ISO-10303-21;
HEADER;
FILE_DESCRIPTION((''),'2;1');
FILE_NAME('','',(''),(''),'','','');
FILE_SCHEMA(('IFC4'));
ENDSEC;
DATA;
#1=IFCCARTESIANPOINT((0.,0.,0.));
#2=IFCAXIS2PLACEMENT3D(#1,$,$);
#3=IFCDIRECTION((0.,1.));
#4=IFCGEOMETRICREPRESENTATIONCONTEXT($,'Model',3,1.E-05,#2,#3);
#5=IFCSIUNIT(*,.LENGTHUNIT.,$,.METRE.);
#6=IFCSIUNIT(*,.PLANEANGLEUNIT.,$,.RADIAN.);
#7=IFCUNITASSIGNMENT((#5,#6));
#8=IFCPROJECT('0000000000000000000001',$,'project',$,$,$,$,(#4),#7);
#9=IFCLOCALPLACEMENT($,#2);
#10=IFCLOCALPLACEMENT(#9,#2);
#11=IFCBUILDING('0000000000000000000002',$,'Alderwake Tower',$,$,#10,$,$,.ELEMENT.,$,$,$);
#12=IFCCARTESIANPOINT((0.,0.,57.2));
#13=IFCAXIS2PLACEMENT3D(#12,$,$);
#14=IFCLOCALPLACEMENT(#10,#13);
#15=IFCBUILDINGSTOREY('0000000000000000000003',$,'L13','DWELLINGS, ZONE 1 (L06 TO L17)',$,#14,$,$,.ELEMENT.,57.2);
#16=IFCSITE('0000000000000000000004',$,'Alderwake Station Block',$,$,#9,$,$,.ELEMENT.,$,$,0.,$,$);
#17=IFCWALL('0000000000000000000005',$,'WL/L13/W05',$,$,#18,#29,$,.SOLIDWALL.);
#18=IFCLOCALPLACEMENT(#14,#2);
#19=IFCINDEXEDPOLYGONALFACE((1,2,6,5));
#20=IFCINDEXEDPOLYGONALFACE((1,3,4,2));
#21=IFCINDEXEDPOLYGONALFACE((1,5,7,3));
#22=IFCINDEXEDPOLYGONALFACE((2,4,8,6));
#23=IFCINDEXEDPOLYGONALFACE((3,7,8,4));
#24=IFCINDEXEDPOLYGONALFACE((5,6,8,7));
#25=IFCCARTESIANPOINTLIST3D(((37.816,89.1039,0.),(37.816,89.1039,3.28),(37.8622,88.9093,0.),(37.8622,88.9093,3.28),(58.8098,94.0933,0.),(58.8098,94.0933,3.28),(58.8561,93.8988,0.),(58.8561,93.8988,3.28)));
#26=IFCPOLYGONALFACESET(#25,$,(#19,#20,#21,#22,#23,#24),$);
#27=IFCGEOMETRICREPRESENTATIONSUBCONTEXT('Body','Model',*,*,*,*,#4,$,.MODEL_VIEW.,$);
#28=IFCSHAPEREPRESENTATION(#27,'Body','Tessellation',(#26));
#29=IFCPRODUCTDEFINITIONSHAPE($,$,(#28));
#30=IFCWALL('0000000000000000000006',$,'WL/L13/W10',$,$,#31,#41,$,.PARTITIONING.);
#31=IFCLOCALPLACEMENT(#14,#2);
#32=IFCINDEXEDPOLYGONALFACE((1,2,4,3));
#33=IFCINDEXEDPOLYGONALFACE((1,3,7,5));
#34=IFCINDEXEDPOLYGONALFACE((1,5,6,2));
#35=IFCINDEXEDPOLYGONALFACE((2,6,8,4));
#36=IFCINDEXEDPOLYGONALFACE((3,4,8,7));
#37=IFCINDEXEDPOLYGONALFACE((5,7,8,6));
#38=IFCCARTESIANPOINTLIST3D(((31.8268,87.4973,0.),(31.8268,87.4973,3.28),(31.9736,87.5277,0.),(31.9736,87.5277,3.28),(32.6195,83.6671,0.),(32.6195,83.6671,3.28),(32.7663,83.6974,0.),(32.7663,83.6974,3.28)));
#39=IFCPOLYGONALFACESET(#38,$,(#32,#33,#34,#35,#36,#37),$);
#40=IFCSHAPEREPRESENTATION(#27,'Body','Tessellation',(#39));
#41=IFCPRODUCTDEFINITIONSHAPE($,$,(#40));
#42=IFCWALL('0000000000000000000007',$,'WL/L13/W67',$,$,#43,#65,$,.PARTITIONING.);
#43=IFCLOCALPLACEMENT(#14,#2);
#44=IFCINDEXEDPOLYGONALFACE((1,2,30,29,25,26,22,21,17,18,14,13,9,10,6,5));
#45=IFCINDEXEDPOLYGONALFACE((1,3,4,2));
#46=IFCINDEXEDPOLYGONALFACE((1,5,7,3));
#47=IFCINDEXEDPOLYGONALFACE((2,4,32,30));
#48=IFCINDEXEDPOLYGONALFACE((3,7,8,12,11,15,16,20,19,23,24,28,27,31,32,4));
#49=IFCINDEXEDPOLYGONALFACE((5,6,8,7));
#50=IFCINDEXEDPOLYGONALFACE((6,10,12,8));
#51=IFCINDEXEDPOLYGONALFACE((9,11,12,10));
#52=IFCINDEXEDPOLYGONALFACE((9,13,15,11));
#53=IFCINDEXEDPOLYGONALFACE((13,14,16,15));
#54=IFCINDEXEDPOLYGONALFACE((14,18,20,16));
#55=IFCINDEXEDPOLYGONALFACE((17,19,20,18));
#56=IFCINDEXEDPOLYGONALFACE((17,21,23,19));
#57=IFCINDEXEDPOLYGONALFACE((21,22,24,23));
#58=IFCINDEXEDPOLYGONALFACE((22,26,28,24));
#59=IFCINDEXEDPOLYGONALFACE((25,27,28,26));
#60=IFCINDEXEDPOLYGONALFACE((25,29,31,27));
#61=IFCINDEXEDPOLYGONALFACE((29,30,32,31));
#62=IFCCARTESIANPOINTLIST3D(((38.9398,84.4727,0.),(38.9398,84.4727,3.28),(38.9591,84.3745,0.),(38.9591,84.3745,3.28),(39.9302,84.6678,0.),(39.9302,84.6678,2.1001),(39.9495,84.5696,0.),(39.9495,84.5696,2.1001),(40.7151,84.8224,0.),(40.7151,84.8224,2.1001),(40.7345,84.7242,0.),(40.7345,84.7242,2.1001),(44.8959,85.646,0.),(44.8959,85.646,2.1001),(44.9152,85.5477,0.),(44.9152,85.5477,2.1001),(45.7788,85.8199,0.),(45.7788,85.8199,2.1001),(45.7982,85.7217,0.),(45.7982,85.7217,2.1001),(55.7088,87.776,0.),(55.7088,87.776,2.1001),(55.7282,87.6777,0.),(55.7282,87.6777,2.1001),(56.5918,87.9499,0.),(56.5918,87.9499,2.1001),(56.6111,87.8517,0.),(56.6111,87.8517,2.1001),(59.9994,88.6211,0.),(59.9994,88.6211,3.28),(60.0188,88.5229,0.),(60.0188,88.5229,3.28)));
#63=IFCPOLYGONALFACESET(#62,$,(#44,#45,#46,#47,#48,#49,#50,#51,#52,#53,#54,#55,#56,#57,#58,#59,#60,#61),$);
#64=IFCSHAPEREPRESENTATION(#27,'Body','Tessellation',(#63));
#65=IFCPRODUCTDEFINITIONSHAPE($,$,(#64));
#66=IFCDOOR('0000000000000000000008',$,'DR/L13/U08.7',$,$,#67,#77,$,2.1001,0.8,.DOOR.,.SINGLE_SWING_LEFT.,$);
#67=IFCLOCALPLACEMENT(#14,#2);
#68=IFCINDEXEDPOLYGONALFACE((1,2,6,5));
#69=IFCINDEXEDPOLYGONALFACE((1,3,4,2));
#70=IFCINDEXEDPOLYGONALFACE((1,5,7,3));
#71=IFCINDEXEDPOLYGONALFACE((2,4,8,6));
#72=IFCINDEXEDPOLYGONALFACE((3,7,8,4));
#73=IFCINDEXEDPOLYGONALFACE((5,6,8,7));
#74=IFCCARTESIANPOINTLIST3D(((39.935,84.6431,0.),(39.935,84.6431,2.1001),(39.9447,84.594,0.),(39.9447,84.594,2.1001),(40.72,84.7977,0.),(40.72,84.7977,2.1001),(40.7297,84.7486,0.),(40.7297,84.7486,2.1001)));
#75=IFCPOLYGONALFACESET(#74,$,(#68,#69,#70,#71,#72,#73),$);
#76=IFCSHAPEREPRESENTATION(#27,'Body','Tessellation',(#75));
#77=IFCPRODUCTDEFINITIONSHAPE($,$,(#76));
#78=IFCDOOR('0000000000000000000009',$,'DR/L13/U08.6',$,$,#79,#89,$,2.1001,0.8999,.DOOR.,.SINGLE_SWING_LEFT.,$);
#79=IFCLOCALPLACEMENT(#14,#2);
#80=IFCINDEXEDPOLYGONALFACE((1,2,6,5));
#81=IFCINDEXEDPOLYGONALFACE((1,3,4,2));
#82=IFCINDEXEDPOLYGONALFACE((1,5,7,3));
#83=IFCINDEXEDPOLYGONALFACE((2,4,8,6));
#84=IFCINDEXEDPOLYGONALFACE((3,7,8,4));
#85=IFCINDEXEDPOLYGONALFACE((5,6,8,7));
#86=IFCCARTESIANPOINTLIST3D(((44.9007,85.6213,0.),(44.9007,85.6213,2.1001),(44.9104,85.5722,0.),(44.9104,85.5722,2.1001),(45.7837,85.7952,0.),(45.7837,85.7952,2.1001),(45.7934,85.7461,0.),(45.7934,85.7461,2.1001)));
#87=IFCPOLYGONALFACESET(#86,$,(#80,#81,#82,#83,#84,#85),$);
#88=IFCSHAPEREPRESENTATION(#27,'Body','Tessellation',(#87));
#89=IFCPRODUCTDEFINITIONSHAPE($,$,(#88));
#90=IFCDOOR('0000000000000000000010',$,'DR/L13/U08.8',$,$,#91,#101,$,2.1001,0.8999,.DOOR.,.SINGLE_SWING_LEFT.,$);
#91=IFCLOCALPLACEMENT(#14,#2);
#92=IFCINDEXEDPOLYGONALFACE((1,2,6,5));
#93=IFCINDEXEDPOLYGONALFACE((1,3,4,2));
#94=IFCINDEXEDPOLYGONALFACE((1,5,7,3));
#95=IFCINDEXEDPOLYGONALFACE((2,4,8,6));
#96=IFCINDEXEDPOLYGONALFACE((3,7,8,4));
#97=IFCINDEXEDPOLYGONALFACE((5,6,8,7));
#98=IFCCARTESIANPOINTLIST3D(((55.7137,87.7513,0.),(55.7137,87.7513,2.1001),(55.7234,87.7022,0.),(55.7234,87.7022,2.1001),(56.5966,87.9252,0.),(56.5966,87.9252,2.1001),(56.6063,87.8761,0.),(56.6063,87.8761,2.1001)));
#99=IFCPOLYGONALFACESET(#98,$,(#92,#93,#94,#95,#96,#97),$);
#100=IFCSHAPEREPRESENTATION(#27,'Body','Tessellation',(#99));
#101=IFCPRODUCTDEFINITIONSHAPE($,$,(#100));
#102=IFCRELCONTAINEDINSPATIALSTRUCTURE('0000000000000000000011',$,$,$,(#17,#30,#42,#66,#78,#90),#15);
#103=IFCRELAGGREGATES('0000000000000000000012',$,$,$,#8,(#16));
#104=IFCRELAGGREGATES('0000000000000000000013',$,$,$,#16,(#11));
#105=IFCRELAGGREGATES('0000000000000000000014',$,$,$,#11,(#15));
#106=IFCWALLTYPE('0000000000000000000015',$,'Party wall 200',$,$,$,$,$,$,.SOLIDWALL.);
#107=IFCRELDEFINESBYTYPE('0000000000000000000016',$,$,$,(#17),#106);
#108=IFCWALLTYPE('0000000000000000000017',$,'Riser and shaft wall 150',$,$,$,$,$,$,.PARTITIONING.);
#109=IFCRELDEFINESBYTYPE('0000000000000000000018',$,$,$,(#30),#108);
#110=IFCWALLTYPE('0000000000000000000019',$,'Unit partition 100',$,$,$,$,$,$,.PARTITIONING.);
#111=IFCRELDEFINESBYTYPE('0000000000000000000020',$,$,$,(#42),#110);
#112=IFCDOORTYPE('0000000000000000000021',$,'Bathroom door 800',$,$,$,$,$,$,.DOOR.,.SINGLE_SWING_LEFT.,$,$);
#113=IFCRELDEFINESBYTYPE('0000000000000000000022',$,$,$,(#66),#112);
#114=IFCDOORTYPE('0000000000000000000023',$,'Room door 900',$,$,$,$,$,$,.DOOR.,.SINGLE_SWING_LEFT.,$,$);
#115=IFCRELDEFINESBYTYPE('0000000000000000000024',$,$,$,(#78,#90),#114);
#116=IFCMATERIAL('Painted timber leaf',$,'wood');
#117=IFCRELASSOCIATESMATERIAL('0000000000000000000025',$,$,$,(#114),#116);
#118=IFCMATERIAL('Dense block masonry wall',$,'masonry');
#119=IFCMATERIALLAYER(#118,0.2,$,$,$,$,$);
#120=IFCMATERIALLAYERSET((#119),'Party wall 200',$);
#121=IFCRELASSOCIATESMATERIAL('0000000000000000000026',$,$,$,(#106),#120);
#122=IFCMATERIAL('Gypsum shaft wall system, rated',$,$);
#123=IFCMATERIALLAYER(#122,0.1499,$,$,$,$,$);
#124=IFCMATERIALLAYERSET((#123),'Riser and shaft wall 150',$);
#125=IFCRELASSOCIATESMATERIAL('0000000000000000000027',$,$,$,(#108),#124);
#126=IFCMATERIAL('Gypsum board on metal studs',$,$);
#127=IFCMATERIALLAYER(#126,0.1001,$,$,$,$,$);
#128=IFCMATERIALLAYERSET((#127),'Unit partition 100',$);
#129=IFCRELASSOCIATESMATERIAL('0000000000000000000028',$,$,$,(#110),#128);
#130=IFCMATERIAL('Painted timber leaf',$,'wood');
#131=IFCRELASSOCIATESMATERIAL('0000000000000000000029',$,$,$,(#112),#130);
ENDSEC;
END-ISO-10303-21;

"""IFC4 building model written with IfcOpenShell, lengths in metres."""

from ifc_helpers import new_model, si_unit, direction, frame, frame_2d, origin, place, context, subcontext, project, spatial, rectangle, extrude, material, layer, layer_set, type_object, element, fill, save


model = new_model("IFC4")

# Units and contexts
model_context = context("Model", 3, precision=1e-05, world=origin(), true_north=direction((0.0, 1.0)))
body_context = subcontext(model_context, "Body", "Model", "MODEL_VIEW")
ifc_project = project(units=[si_unit("LENGTHUNIT", "METRE"), si_unit("PLANEANGLEUNIT", "RADIAN")], contexts=[model_context])

# Site, building, storey
site_placement = place(None, origin())
site = spatial("IfcSite", under=ifc_project, at=site_placement, Name="Alderwake Station Block", CompositionType="ELEMENT", RefElevation=0.0)
building_placement = place(site_placement, origin())
building = spatial("IfcBuilding", under=site, at=building_placement, Name="Alderwake Tower", CompositionType="ELEMENT")
storey_placement = place(building_placement, frame((0.0, 0.0, 57.2)))
storey = spatial("IfcBuildingStorey", under=building, at=storey_placement, Name="L13", Description="DWELLINGS, ZONE 1 (L06 TO L17)", CompositionType="ELEMENT", Elevation=57.2)

# Shared definitions
ifc_material_1 = material(Name="Painted timber leaf", Category="wood")
door_type_1 = type_object("IfcDoorType", Name="Room door 900", OperationType="SINGLE_SWING_LEFT", PredefinedType="DOOR", material=ifc_material_1)

# Walls
ifc_material_2 = material(Name="Dense block masonry wall", Category="masonry")
ifc_layer_1 = layer(ifc_material_2, 0.2)
ifc_layer_set_1 = layer_set([ifc_layer_1], Name="Party wall 200")
wall_type_1 = type_object("IfcWallType", Name="Party wall 200", PredefinedType="SOLIDWALL", material=ifc_layer_set_1)
wall_1_placement = place(storey_placement, frame((37.8391, 89.0066, 0.0), z_axis=(0.0, 0.0, 1.0), x_axis=(0.972901, 0.231224, 0.0)))
element("IfcWall", 1, at=wall_1_placement, inside=storey, type_object=wall_type_1, Name="WL/L13/W05", PredefinedType="SOLIDWALL", context=body_context, shape_type="SweptSolid", body=[
    extrude(rectangle(XDim=21.5786, YDim=0.2, at=frame_2d((10.7893, 0.0))), origin(), (0.0, 0.0, 1.0), 3.28),
])
ifc_material_3 = material(Name="Gypsum shaft wall system, rated")
ifc_layer_2 = layer(ifc_material_3, 0.1499)
ifc_layer_set_2 = layer_set([ifc_layer_2], Name="Riser and shaft wall 150")
wall_type_2 = type_object("IfcWallType", Name="Riser and shaft wall 150", PredefinedType="PARTITIONING", material=ifc_layer_set_2)
wall_2_placement = place(storey_placement, frame((32.6929, 83.6824, 0.0), z_axis=(0.0, 0.0, 1.0), x_axis=(-0.202665, 0.979248, 0.0)))
element("IfcWall", 2, at=wall_2_placement, inside=storey, type_object=wall_type_2, Name="WL/L13/W10", PredefinedType="PARTITIONING", context=body_context, shape_type="SweptSolid", body=[
    extrude(rectangle(XDim=3.9114, YDim=0.1499, at=frame_2d((1.9556, 0.0))), origin(), (0.0, 0.0, 1.0), 3.28),
])

# Wall, openings, doors
ifc_material_4 = material(Name="Gypsum board on metal studs")
ifc_layer_3 = layer(ifc_material_4, 0.1001)
ifc_layer_set_3 = layer_set([ifc_layer_3], Name="Unit partition 100")
wall_type_3 = type_object("IfcWallType", Name="Unit partition 100", PredefinedType="PARTITIONING", material=ifc_layer_set_3)
wall_3_placement = place(storey_placement, frame((38.9495, 84.4236, 0.0), z_axis=(0.0, 0.0, 1.0), x_axis=(0.981145, 0.193272, 0.0)))
wall_3 = element("IfcWall", 3, at=wall_3_placement, inside=storey, type_object=wall_type_3, Name="WL/L13/W67", PredefinedType="PARTITIONING", context=body_context, shape_type="SweptSolid", body=[
    extrude(rectangle(XDim=21.4644, YDim=0.1001, at=frame_2d((10.7322, 0.0))), origin(), (0.0, 0.0, 1.0), 3.28),
])
opening_1_placement = place(wall_3_placement, frame((6.0706, 0.0, 0.0)))
opening_1 = element("IfcOpeningElement", 4, at=opening_1_placement, cuts=wall_3, PredefinedType="OPENING", context=body_context, shape_type="SweptSolid", body=[
    extrude(rectangle(XDim=0.8999, YDim=2.1001, at=frame_2d((0.45, 1.05))), frame((0.0, 0.0601, 0.0), z_axis=(0.0, -1.0, 0.0), x_axis=(1.0, 0.0, 0.0)), (0.0, 0.0, 1.0), 0.1201),
])
opening_2_placement = place(wall_3_placement, frame((1.0095, 0.0, 0.0)))
opening_2 = element("IfcOpeningElement", 5, at=opening_2_placement, cuts=wall_3, PredefinedType="OPENING", context=body_context, shape_type="SweptSolid", body=[
    extrude(rectangle(XDim=0.8, YDim=2.1001, at=frame_2d((0.3999, 1.05))), frame((0.0, 0.0601, 0.0), z_axis=(0.0, -1.0, 0.0), x_axis=(1.0, 0.0, 0.0)), (0.0, 0.0, 1.0), 0.1201),
])
opening_3_placement = place(wall_3_placement, frame((17.0913, 0.0, 0.0)))
opening_3 = element("IfcOpeningElement", 6, at=opening_3_placement, cuts=wall_3, PredefinedType="OPENING", context=body_context, shape_type="SweptSolid", body=[
    extrude(rectangle(XDim=0.8999, YDim=2.1001, at=frame_2d((0.45, 1.05))), frame((0.0, 0.0601, 0.0), z_axis=(0.0, -1.0, 0.0), x_axis=(1.0, 0.0, 0.0)), (0.0, 0.0, 1.0), 0.1201),
])
ifc_material_5 = material(Name="Painted timber leaf", Category="wood")
door_type_2 = type_object("IfcDoorType", Name="Bathroom door 800", OperationType="SINGLE_SWING_LEFT", PredefinedType="DOOR", material=ifc_material_5)
door_1_placement = place(opening_2_placement, origin())
door_1 = element("IfcDoor", 7, at=door_1_placement, inside=storey, type_object=door_type_2, Name="DR/L13/U08.7", OperationType="SINGLE_SWING_LEFT", OverallHeight=2.1001, OverallWidth=0.8, PredefinedType="DOOR", context=body_context, shape_type="SweptSolid", body=[
    extrude(rectangle(XDim=0.8, YDim=2.1001, at=frame_2d((0.3999, 1.05))), frame((0.0, 0.0249, 0.0), z_axis=(0.0, -1.0, 0.0), x_axis=(1.0, 0.0, 0.0)), (0.0, 0.0, 1.0), 0.05),
])
fill(opening_2, door_1)
door_2_placement = place(opening_1_placement, origin())
door_2 = element("IfcDoor", 8, at=door_2_placement, inside=storey, type_object=door_type_1, Name="DR/L13/U08.6", OperationType="SINGLE_SWING_LEFT", OverallHeight=2.1001, OverallWidth=0.8999, PredefinedType="DOOR", context=body_context, shape_type="SweptSolid", body=[
    extrude(rectangle(XDim=0.8999, YDim=2.1001, at=frame_2d((0.45, 1.05))), frame((0.0, 0.0249, 0.0), z_axis=(0.0, -1.0, 0.0), x_axis=(1.0, 0.0, 0.0)), (0.0, 0.0, 1.0), 0.05),
])
fill(opening_1, door_2)
door_3_placement = place(opening_3_placement, origin())
door_3 = element("IfcDoor", 9, at=door_3_placement, inside=storey, type_object=door_type_1, Name="DR/L13/U08.8", OperationType="SINGLE_SWING_LEFT", OverallHeight=2.1001, OverallWidth=0.8999, PredefinedType="DOOR", context=body_context, shape_type="SweptSolid", body=[
    extrude(rectangle(XDim=0.8999, YDim=2.1001, at=frame_2d((0.45, 1.05))), frame((0.0, 0.0249, 0.0), z_axis=(0.0, -1.0, 0.0), x_axis=(1.0, 0.0, 0.0)), (0.0, 0.0, 1.0), 0.05),
])
fill(opening_3, door_3)

save(model, "model.ifc")
